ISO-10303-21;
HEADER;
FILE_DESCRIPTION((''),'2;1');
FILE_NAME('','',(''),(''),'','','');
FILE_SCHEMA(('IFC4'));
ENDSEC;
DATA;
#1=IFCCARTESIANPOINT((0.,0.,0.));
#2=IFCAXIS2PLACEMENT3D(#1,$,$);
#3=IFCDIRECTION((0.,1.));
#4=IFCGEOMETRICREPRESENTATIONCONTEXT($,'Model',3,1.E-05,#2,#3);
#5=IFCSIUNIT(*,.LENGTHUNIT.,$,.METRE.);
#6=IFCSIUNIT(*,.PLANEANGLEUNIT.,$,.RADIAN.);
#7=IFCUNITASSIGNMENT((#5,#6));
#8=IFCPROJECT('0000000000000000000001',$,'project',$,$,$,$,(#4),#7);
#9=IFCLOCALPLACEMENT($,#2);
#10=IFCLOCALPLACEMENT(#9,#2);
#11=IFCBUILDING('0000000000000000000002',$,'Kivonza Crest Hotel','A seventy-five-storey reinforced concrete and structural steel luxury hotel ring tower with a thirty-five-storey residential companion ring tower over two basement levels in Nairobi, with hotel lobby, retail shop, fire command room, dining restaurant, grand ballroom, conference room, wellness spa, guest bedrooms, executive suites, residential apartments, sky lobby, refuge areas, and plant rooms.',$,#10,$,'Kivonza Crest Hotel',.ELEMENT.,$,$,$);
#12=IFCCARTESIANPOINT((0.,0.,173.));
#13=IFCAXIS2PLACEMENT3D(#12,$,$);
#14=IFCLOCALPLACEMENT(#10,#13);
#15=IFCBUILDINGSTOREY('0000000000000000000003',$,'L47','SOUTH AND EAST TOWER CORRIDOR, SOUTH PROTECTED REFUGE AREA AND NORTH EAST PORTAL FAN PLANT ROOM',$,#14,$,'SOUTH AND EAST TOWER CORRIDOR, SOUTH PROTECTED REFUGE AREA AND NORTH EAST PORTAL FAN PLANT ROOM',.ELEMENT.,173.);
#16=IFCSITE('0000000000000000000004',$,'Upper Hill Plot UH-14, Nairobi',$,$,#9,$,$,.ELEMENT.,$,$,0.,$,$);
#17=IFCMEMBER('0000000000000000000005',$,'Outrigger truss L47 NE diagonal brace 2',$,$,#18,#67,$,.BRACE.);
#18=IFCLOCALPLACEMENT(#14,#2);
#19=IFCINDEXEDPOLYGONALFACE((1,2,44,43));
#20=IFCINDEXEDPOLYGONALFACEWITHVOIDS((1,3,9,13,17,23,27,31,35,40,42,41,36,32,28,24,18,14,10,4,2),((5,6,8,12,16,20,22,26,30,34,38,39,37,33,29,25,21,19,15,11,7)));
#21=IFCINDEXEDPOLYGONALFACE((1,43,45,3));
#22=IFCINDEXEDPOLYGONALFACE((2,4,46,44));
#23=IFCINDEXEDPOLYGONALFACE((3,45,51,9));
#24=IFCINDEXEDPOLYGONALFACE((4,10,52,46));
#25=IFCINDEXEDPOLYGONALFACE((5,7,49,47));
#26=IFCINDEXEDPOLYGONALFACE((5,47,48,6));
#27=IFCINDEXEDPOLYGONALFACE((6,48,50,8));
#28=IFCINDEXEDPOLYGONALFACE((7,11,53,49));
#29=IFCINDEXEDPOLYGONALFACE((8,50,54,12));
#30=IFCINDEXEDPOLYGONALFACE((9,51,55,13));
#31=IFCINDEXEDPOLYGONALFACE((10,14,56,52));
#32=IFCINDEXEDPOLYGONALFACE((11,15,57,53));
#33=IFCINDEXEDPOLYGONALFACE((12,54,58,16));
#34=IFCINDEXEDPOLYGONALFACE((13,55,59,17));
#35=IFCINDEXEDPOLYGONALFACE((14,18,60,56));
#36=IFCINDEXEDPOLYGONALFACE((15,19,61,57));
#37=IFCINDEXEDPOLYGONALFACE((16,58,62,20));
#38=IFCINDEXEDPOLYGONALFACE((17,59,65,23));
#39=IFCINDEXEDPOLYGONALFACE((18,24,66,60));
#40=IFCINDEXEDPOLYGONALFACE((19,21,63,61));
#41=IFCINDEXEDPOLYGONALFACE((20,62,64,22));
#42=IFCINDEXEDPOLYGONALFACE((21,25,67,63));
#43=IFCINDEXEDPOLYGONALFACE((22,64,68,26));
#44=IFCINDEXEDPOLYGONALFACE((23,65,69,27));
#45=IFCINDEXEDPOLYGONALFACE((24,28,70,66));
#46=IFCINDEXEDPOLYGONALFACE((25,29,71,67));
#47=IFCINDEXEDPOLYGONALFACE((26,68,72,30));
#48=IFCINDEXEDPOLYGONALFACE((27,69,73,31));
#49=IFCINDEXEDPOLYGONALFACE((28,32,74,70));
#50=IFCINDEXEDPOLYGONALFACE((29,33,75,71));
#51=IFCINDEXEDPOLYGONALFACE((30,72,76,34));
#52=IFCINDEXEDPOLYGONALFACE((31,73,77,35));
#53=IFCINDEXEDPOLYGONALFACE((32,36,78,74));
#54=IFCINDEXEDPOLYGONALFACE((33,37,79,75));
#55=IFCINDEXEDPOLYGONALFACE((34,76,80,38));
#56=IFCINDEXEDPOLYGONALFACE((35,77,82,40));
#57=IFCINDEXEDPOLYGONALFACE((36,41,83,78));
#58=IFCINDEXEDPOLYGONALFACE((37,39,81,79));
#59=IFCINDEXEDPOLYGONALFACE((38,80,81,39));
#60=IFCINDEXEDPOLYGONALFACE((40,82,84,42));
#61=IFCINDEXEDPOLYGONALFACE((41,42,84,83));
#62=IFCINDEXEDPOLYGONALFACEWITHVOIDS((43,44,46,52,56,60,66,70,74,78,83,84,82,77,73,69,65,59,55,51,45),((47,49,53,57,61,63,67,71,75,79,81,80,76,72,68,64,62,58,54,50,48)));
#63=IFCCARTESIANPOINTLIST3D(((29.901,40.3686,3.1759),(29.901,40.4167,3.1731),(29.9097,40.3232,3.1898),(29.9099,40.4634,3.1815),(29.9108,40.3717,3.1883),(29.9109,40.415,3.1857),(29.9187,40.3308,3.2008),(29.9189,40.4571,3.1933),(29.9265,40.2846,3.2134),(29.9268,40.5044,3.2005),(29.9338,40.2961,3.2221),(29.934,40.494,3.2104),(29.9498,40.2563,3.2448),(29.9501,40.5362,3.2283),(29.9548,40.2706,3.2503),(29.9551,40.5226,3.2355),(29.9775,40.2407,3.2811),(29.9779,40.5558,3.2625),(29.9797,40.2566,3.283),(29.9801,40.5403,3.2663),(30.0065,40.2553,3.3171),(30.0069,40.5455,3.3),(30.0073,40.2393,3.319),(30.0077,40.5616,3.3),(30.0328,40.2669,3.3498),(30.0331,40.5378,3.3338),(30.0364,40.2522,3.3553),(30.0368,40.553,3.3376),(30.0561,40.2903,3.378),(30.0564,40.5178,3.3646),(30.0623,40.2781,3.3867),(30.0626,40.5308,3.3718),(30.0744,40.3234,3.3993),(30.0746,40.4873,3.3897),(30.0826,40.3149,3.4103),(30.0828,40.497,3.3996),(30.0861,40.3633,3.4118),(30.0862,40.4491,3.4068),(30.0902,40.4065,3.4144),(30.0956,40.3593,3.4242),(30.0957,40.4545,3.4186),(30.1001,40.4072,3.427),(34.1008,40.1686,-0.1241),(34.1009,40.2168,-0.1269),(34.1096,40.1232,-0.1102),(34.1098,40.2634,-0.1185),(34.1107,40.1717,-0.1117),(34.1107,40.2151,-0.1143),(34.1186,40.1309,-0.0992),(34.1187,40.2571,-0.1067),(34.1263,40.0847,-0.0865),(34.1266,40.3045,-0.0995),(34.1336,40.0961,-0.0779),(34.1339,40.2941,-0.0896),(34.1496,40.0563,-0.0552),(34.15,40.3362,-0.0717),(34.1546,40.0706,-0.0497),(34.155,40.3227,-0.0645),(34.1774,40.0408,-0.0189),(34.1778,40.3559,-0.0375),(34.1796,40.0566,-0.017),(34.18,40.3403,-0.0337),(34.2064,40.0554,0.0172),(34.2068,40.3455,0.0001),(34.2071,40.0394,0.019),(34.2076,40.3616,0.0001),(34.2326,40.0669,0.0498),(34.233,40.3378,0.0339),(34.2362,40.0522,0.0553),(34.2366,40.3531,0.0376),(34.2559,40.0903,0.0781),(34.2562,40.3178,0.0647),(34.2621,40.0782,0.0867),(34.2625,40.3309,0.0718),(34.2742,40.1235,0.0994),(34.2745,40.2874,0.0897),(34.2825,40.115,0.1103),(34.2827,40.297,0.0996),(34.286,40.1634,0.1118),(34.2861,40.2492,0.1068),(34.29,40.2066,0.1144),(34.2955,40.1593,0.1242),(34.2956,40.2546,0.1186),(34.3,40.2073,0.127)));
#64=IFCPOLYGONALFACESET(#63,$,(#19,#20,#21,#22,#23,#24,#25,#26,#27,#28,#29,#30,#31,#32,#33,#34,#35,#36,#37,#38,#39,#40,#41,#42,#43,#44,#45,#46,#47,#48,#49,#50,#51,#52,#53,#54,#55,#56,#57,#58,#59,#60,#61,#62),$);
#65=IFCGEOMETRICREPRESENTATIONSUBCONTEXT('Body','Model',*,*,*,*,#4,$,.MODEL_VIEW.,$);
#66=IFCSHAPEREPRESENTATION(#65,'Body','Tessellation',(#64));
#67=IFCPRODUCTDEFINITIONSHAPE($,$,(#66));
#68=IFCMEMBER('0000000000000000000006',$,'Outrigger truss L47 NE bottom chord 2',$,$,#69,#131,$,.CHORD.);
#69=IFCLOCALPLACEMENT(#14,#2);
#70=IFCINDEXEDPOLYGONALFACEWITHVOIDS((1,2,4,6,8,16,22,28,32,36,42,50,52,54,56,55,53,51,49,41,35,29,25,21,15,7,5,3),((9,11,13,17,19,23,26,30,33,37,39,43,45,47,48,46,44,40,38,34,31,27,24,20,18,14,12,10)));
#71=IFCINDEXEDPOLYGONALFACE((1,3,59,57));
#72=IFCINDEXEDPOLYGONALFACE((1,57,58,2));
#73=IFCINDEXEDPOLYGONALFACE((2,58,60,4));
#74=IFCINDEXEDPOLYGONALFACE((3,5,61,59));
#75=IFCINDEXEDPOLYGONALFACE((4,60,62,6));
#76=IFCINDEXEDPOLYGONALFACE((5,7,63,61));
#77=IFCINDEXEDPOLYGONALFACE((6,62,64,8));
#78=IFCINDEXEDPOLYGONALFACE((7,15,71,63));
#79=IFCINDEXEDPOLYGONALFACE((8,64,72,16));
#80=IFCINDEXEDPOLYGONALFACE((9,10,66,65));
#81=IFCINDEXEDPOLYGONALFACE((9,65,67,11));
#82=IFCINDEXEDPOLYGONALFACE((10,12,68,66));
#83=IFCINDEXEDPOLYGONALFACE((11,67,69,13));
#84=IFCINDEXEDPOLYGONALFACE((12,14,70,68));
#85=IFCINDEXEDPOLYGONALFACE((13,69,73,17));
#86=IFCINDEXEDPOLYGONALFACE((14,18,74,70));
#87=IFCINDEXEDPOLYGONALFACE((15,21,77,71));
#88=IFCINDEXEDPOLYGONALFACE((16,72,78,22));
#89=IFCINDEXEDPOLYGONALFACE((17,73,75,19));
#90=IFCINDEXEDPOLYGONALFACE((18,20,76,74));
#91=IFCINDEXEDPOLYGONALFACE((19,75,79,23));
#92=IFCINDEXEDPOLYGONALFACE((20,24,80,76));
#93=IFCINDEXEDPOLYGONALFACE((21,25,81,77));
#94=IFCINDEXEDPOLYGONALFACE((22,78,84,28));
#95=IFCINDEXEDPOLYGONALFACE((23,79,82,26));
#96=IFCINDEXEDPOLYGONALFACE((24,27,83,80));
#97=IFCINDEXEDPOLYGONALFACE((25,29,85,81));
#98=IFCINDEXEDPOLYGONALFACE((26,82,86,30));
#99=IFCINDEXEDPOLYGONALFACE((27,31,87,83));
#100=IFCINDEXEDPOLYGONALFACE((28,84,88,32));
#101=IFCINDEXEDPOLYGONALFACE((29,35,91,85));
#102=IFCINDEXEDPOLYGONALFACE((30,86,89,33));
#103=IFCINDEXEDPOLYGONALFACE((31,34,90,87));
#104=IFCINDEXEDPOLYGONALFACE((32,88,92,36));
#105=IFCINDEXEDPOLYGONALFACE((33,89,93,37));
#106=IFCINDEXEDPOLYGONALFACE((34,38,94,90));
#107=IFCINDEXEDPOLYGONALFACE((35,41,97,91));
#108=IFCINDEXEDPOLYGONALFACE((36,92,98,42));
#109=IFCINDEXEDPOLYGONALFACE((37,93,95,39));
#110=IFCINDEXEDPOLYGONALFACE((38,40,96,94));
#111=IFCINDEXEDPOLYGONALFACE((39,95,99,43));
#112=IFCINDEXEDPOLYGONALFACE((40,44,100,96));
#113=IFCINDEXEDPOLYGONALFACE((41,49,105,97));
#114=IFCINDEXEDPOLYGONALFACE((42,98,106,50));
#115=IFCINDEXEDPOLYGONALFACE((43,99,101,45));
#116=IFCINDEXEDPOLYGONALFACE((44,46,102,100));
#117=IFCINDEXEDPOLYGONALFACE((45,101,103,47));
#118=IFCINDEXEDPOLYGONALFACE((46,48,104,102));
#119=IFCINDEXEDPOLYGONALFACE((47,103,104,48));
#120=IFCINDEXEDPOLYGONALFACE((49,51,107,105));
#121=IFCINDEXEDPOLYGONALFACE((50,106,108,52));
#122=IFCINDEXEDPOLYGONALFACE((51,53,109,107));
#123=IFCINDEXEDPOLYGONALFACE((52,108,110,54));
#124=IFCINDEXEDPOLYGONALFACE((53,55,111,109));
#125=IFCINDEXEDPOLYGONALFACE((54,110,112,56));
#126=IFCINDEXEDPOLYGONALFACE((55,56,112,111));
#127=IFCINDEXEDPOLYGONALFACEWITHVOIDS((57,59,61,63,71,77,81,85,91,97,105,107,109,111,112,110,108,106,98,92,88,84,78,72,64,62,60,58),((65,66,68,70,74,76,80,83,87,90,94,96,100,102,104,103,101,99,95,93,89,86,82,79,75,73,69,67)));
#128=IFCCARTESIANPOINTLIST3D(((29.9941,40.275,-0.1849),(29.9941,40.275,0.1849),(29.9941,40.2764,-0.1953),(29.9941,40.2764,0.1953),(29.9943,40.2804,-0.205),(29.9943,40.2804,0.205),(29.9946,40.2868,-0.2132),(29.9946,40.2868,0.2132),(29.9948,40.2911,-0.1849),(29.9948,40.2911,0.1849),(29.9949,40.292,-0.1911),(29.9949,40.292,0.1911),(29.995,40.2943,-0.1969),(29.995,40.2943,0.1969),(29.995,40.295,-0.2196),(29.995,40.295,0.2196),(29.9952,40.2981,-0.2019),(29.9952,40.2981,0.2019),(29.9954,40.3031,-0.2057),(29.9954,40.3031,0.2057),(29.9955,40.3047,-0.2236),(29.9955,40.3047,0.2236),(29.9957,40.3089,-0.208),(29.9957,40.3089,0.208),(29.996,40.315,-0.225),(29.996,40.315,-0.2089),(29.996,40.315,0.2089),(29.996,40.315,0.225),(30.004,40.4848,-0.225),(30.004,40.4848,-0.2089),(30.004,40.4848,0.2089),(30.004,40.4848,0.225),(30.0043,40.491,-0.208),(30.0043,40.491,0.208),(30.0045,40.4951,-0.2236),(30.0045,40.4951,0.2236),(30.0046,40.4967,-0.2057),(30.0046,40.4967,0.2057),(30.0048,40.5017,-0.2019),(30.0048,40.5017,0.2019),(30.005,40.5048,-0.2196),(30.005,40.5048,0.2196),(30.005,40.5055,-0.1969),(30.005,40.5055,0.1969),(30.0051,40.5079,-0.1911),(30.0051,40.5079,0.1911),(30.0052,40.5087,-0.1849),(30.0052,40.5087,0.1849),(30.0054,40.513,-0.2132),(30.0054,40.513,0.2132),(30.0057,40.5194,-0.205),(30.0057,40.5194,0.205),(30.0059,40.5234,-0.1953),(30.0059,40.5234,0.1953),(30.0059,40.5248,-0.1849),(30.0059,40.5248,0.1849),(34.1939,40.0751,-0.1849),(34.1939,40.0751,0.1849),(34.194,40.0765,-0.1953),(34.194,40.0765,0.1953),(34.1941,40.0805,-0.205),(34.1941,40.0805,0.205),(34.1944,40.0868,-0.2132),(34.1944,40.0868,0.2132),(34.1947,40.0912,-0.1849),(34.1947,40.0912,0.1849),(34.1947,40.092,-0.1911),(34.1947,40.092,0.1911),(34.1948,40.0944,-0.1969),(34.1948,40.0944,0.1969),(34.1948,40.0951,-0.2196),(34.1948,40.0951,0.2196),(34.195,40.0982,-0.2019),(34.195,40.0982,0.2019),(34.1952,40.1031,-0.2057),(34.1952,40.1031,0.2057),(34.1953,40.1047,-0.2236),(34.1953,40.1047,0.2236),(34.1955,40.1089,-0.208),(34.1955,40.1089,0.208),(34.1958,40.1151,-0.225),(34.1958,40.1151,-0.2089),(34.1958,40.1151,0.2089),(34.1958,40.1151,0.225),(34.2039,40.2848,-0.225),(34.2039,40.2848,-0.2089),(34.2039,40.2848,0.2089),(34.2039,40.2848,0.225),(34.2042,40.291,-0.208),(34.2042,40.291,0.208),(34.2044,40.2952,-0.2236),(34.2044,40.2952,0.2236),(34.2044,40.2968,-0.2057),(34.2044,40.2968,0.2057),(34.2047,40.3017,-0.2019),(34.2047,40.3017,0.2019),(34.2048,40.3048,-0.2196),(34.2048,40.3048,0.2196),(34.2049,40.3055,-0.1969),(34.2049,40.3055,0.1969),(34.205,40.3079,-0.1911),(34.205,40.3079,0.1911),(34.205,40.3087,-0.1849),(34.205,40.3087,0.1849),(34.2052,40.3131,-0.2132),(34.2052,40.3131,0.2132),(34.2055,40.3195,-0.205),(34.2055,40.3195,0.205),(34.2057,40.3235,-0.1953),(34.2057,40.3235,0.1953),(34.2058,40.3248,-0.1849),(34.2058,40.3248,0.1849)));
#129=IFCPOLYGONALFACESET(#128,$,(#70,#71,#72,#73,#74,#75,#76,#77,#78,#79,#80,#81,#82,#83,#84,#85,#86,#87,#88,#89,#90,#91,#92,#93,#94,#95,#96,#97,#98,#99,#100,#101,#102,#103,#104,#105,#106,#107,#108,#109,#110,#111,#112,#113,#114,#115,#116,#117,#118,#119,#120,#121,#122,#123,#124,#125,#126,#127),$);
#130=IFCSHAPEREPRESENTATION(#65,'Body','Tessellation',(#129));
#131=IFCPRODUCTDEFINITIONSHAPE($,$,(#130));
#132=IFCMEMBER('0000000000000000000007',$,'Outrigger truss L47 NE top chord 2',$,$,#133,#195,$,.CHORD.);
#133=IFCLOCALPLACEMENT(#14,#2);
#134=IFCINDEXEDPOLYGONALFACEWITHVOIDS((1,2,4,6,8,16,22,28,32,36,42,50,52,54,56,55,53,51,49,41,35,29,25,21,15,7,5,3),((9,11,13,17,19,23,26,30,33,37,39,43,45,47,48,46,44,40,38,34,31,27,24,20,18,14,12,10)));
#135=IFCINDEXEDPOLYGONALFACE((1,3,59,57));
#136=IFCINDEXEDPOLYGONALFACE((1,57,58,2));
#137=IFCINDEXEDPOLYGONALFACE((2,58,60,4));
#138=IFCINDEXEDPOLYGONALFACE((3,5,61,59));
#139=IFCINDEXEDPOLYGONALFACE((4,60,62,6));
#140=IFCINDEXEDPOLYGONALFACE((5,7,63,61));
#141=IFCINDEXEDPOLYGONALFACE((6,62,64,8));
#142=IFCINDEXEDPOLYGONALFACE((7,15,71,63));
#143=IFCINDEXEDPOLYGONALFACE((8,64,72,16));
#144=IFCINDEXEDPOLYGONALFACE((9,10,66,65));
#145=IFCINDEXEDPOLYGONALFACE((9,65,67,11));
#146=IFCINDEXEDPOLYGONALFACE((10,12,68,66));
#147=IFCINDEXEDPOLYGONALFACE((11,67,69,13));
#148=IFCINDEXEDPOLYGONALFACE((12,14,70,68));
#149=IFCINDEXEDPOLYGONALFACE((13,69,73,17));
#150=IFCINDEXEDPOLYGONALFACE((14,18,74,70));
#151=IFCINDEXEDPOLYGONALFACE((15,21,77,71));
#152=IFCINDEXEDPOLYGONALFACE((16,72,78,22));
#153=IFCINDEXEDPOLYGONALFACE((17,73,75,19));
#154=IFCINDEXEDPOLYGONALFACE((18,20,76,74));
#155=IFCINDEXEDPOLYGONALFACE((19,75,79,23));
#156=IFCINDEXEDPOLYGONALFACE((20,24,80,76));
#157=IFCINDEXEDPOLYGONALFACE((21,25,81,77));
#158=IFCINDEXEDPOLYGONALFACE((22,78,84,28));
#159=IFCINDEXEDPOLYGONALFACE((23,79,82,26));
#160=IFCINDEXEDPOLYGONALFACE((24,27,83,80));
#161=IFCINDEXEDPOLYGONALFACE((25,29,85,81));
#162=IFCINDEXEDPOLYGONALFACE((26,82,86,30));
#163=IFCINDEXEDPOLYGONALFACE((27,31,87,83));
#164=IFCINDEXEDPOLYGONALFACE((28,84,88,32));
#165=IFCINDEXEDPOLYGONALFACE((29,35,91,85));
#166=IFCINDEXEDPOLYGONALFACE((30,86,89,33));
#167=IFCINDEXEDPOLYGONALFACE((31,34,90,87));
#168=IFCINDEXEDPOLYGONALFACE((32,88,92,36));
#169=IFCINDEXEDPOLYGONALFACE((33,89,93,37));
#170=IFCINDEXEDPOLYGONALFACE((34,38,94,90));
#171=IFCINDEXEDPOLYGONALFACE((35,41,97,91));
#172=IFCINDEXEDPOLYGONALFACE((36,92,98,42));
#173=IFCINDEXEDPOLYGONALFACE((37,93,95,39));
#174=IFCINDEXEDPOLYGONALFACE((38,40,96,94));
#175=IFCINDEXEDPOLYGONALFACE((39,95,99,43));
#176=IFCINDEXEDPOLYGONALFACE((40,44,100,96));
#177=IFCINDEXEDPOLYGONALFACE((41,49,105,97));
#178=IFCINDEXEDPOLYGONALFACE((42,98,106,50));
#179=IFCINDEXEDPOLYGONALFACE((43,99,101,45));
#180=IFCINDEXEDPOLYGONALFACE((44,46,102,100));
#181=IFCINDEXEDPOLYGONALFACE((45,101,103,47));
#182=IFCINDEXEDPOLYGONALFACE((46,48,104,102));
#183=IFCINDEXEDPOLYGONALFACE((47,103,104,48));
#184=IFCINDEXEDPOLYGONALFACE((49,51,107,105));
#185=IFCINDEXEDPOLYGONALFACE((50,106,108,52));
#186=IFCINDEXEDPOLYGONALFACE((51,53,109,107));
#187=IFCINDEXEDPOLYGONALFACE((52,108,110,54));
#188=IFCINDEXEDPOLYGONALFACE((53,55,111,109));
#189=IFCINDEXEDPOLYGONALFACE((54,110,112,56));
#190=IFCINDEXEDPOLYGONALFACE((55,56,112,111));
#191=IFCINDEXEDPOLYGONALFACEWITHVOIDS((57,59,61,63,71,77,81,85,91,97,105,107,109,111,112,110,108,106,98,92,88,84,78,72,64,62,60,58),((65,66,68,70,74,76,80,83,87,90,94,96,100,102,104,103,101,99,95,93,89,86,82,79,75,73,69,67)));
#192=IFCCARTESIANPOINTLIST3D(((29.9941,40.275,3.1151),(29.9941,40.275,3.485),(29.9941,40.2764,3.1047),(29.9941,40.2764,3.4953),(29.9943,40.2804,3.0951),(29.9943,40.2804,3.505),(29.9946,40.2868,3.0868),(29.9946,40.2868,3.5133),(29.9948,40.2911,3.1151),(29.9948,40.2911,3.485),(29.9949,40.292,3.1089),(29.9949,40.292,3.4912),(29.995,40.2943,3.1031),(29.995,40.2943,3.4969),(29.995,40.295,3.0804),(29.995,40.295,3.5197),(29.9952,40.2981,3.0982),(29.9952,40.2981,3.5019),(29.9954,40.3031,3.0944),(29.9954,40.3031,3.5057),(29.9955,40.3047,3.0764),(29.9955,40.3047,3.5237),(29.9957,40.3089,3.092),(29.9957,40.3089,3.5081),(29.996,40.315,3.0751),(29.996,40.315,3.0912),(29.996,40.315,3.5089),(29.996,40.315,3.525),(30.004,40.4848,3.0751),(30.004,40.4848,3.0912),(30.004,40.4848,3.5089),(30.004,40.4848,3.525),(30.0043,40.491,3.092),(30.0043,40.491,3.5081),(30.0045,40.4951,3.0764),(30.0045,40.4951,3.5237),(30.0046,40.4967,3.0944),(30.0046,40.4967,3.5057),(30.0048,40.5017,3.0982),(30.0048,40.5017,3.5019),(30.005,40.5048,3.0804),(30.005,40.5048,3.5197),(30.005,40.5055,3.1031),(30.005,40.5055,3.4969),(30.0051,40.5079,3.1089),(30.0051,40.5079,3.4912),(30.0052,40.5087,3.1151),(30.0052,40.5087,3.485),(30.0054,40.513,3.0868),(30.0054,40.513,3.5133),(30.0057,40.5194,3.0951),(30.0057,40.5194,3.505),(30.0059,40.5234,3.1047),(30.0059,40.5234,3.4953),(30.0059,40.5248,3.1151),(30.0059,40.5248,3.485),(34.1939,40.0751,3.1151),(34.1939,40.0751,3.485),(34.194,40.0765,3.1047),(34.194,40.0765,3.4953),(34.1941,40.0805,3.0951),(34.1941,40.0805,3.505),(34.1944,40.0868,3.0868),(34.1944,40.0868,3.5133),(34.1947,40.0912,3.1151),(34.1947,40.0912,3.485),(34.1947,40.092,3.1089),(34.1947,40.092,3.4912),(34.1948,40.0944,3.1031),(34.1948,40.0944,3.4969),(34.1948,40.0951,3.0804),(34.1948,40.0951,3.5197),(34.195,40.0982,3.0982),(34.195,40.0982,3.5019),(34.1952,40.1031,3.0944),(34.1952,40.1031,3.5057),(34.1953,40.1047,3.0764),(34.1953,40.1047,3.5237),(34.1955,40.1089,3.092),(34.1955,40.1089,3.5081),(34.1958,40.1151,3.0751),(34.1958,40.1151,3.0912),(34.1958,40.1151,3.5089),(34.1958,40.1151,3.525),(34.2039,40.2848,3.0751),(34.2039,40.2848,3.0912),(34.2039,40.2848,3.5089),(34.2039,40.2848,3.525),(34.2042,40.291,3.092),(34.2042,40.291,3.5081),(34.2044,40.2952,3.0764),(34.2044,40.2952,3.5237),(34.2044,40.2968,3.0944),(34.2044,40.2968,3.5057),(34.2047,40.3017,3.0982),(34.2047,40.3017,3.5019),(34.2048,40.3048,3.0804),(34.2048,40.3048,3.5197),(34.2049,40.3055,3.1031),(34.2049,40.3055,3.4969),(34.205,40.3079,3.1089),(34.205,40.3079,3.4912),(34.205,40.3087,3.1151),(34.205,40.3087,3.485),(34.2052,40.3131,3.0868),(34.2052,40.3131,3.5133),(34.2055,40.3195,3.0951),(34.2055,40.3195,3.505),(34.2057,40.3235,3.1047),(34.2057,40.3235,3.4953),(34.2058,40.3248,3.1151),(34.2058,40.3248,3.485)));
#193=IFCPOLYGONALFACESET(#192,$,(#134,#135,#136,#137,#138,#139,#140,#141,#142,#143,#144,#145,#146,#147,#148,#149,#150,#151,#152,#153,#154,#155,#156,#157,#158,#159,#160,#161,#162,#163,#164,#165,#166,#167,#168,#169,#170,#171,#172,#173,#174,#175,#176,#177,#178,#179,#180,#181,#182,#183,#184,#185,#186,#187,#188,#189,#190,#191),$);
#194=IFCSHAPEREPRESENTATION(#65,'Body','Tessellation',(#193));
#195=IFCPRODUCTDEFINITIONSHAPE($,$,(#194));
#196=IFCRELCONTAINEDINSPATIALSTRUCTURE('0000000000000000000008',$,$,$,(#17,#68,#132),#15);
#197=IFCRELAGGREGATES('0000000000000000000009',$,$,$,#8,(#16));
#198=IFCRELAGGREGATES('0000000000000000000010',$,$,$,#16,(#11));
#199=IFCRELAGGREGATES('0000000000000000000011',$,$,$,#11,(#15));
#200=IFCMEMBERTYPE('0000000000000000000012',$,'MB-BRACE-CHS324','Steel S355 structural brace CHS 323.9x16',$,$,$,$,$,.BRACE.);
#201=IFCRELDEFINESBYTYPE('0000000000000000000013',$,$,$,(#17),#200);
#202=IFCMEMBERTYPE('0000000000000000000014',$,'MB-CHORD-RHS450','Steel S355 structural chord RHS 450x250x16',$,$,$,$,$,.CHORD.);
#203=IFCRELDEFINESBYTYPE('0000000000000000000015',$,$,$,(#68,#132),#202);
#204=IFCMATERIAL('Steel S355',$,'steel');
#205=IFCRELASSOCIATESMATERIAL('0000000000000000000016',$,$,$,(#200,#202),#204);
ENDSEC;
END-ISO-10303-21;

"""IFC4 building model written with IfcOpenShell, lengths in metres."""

from ifc_helpers import new_model, si_unit, direction, frame, origin, origin_2d, place, context, subcontext, project, spatial, hollow_rectangle, hollow_circle, extrude, material, material_profile, profile_set, type_object, element, save


model = new_model("IFC4")

# Units and contexts
model_context = context("Model", 3, precision=1e-05, world=origin(), true_north=direction((0.0, 1.0)))
body_context = subcontext(model_context, "Body", "Model", "MODEL_VIEW")
ifc_project = project(units=[si_unit("LENGTHUNIT", "METRE"), si_unit("PLANEANGLEUNIT", "RADIAN")], contexts=[model_context])

# Site, building, storey
site_placement = place(None, origin())
site = spatial("IfcSite", under=ifc_project, at=site_placement, Name="Upper Hill Plot UH-14, Nairobi", CompositionType="ELEMENT", RefElevation=0.0)
building_placement = place(site_placement, origin())
building = spatial("IfcBuilding", under=site, at=building_placement, Name="Kivonza Crest Hotel", Description="A seventy-five-storey reinforced concrete and structural steel luxury hotel ring tower with a thirty-five-storey residential companion ring tower over two basement levels in Nairobi, with hotel lobby, retail shop, fire command room, dining restaurant, grand ballroom, conference room, wellness spa, guest bedrooms, executive suites, residential apartments, sky lobby, refuge areas, and plant rooms.", LongName="Kivonza Crest Hotel", CompositionType="ELEMENT")
storey_placement = place(building_placement, frame((0.0, 0.0, 173.0)))
storey = spatial("IfcBuildingStorey", under=building, at=storey_placement, Name="L47", Description="SOUTH AND EAST TOWER CORRIDOR, SOUTH PROTECTED REFUGE AREA AND NORTH EAST PORTAL FAN PLANT ROOM", LongName="SOUTH AND EAST TOWER CORRIDOR, SOUTH PROTECTED REFUGE AREA AND NORTH EAST PORTAL FAN PLANT ROOM", CompositionType="ELEMENT", Elevation=173.0)

# Shared definitions
ifc_material_1 = material(Name="Steel S355", Category="steel")

# Members
ifc_material_profile_1 = material_profile(ifc_material_1, hollow_circle(Radius=0.1619, WallThickness=0.0161, at=origin_2d()), Name="CHS 323.9x16")
ifc_profile_set_1 = profile_set([ifc_material_profile_1], Name="Steel S355")
member_type_1 = type_object("IfcMemberType", Name="MB-BRACE-CHS324", Description="Steel S355 structural brace CHS 323.9x16", PredefinedType="BRACE", material=ifc_profile_set_1)
member_placement = place(storey_placement, frame((30.0, 40.3999, 3.3), z_axis=(0.78576, -0.037408, -0.617399), x_axis=(0.047554, 0.998869, 0.0)))
element("IfcMember", 1, at=member_placement, inside=storey, type_object=member_type_1, Name="Outrigger truss L47 NE diagonal brace 2", PredefinedType="BRACE", context=body_context, shape_type="SweptSolid", body=[
    extrude(hollow_circle(Radius=0.1619, WallThickness=0.0161, at=origin_2d()), origin(), (0.0, 0.0, 1.0), 5.345),
])
ifc_material_profile_2 = material_profile(ifc_material_1, hollow_rectangle(XDim=0.25, YDim=0.45, WallThickness=0.0161, InnerFilletRadius=0.0239, OuterFilletRadius=0.04, at=origin_2d()), Name="RHS 450x250x16")
ifc_profile_set_2 = profile_set([ifc_material_profile_2], Name="Steel S355")
member_type_2 = type_object("IfcMemberType", Name="MB-CHORD-RHS450", Description="Steel S355 structural chord RHS 450x250x16", PredefinedType="CHORD", material=ifc_profile_set_2)
for number, where, z_axis, x_axis, name in (
    (2, (30.0, 40.3999, 0.0), (0.998869, -0.047554, 0.0), (0.047554, 0.998869, 0.0), "Outrigger truss L47 NE bottom chord 2"),
    (3, (30.0, 40.3999, 3.3), (0.998869, -0.047554, 0.0), (0.047554, 0.998869, 0.0), "Outrigger truss L47 NE top chord 2"),
):
    element("IfcMember", number, at=place(storey_placement, frame(where, z_axis=z_axis, x_axis=x_axis)), inside=storey, type_object=member_type_2, Name=name, PredefinedType="CHORD", context=body_context, shape_type="SweptSolid", body=[
        extrude(hollow_rectangle(XDim=0.25, YDim=0.45, WallThickness=0.0161, InnerFilletRadius=0.0239, OuterFilletRadius=0.04, at=origin_2d()), origin(), (0.0, 0.0, 1.0), 4.2046),
    ])

save(model, "model.ifc")
